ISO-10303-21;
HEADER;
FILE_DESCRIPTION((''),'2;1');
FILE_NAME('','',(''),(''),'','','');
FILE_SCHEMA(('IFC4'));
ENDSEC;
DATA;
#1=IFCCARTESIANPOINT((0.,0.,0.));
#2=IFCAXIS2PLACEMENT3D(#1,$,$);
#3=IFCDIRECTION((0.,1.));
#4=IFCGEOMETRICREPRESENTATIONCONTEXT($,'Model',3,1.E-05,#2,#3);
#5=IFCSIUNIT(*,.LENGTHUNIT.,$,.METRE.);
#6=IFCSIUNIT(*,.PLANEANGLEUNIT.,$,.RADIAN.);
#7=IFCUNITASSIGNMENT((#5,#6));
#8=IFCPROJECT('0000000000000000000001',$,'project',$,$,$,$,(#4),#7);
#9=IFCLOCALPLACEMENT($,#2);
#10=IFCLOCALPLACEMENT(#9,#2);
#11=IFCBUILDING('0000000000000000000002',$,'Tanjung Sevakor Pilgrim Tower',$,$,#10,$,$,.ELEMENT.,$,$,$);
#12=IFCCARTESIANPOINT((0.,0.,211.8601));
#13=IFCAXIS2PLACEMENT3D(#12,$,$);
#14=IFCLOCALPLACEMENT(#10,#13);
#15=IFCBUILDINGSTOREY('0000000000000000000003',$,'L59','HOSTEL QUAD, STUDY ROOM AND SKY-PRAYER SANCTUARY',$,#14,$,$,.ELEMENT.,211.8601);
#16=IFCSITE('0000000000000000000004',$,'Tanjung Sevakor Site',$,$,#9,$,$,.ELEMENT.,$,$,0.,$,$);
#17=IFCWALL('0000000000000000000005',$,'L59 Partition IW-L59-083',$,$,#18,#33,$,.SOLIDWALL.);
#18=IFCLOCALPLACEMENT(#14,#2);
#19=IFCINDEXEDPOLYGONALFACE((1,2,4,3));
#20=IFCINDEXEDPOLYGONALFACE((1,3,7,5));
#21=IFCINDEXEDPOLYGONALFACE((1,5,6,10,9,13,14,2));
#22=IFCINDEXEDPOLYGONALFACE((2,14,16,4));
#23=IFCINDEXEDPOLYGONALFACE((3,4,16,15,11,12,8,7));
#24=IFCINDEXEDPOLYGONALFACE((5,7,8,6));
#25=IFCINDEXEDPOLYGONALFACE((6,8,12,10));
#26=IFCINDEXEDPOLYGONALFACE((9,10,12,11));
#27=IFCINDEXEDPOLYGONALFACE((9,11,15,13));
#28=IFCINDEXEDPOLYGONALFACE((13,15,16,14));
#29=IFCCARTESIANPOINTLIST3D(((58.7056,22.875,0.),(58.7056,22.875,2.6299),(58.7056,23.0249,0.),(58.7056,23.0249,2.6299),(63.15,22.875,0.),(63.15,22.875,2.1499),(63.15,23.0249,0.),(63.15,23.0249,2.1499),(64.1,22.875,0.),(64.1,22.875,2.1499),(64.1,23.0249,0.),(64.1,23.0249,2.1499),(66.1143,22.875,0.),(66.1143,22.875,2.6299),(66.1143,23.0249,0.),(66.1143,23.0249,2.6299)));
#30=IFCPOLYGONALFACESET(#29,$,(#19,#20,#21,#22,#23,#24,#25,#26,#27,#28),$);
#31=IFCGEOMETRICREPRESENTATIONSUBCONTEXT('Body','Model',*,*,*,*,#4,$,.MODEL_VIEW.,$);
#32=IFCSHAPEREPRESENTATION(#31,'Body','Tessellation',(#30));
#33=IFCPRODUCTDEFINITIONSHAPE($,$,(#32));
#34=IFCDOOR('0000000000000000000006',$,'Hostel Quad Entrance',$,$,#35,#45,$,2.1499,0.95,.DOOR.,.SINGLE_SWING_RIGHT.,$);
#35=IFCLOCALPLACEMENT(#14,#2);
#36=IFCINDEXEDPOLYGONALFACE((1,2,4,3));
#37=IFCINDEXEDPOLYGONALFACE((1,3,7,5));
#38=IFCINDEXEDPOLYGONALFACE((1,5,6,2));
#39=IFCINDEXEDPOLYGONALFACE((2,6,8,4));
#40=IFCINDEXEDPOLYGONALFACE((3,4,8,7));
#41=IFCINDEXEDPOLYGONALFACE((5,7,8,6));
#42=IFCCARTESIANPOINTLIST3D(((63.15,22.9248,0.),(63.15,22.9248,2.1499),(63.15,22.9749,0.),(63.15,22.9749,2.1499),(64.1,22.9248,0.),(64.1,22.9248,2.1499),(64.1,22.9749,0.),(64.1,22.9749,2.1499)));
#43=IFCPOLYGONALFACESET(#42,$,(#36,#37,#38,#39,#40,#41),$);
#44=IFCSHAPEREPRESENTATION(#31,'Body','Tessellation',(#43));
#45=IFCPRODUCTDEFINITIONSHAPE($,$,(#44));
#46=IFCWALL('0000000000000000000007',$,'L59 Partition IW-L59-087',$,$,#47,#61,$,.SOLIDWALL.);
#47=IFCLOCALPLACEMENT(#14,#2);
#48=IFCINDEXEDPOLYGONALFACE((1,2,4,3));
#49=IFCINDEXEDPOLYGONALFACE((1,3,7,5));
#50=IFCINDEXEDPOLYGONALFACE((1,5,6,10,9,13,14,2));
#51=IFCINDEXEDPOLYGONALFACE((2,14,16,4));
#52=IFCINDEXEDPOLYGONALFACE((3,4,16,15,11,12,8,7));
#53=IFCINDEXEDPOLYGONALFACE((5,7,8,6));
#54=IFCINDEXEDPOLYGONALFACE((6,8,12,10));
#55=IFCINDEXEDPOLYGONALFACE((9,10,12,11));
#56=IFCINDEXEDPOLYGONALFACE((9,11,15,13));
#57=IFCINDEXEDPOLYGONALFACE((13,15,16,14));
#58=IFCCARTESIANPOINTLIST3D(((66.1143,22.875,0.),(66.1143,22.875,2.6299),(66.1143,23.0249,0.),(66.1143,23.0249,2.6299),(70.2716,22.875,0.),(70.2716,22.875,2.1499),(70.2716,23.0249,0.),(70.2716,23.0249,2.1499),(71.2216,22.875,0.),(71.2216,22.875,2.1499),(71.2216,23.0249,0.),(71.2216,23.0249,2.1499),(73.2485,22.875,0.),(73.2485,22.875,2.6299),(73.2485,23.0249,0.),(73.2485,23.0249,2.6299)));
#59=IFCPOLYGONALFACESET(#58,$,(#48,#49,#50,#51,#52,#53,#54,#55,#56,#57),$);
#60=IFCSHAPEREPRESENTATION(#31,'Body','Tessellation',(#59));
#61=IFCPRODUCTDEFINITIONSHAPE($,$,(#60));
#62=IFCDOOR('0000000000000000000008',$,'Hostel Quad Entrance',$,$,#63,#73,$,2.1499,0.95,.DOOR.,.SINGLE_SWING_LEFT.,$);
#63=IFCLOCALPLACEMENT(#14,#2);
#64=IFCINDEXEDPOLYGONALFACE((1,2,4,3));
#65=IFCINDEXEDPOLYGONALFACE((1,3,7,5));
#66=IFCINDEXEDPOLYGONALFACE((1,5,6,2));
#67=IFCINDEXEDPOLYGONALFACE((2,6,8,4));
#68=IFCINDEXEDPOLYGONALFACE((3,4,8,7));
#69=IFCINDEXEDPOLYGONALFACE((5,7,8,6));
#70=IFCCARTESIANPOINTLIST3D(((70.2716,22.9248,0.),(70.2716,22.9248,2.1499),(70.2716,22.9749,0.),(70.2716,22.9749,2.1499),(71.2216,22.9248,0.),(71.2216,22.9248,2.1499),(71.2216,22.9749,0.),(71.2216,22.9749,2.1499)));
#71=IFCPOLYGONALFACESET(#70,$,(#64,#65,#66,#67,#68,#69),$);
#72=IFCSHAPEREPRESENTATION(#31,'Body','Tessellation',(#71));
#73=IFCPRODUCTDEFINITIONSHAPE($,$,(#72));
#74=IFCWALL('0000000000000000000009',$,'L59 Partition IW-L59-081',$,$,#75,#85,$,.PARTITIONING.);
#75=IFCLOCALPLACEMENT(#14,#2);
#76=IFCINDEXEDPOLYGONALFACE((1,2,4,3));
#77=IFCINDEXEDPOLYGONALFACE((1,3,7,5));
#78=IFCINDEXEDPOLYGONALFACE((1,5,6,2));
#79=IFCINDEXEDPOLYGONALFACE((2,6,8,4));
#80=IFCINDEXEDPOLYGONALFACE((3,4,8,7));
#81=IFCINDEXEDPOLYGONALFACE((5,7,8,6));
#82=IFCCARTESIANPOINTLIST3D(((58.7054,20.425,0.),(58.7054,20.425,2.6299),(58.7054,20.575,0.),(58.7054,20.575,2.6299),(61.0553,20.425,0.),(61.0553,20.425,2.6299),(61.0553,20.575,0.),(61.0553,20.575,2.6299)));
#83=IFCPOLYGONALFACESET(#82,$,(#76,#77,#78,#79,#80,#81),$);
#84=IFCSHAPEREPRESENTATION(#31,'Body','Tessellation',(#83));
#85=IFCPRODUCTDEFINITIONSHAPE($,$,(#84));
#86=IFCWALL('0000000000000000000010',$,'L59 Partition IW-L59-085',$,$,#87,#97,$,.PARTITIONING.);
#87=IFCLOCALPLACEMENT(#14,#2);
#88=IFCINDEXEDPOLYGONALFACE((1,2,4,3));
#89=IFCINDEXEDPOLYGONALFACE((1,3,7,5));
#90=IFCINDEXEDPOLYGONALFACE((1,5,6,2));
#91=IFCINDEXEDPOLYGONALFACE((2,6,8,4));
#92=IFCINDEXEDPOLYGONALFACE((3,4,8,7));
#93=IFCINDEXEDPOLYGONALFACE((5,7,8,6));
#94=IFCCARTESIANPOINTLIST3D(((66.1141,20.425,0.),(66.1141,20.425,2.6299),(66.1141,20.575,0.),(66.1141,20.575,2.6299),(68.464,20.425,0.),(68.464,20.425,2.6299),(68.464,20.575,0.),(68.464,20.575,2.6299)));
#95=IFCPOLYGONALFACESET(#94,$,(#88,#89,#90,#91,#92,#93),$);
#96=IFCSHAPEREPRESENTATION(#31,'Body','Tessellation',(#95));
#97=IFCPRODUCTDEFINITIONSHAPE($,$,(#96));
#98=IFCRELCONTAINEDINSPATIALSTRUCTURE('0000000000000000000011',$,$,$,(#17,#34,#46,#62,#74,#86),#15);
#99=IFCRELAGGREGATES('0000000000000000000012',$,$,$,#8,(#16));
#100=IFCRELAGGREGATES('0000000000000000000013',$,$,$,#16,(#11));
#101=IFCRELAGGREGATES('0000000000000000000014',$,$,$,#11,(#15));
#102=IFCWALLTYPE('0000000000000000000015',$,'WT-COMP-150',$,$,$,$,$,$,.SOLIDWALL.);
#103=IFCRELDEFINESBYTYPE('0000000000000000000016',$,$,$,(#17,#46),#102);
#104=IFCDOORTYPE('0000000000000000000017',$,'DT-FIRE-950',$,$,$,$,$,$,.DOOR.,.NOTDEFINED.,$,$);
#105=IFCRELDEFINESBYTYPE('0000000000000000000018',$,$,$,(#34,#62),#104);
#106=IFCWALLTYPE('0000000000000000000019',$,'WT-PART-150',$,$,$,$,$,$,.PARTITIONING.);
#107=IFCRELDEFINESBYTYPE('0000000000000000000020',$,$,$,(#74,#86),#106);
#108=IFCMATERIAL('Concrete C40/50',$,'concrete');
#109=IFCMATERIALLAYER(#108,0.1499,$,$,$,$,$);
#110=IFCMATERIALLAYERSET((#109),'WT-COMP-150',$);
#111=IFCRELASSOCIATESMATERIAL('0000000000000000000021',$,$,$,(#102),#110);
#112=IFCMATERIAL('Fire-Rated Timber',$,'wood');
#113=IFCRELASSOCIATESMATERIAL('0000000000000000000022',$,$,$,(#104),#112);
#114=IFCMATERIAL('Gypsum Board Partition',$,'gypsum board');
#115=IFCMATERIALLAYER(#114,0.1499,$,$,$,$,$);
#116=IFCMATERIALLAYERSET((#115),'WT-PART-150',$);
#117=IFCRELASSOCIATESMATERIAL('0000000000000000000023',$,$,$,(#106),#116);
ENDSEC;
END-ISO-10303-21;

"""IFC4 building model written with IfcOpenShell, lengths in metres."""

from ifc_helpers import new_model, si_unit, direction, frame, frame_2d, origin, place, context, subcontext, project, spatial, rectangle, extrude, material, layer, layer_set, type_object, element, fill, save


model = new_model("IFC4")

# Units and contexts
model_context = context("Model", 3, precision=1e-05, world=origin(), true_north=direction((0.0, 1.0)))
body_context = subcontext(model_context, "Body", "Model", "MODEL_VIEW")
ifc_project = project(units=[si_unit("LENGTHUNIT", "METRE"), si_unit("PLANEANGLEUNIT", "RADIAN")], contexts=[model_context])

# Site, building, storey
site_placement = place(None, origin())
site = spatial("IfcSite", under=ifc_project, at=site_placement, Name="Tanjung Sevakor Site", CompositionType="ELEMENT", RefElevation=0.0)
building_placement = place(site_placement, origin())
building = spatial("IfcBuilding", under=site, at=building_placement, Name="Tanjung Sevakor Pilgrim Tower", CompositionType="ELEMENT")
storey_placement = place(building_placement, frame((0.0, 0.0, 211.8601)))
storey = spatial("IfcBuildingStorey", under=building, at=storey_placement, Name="L59", Description="HOSTEL QUAD, STUDY ROOM AND SKY-PRAYER SANCTUARY", CompositionType="ELEMENT", Elevation=211.8601)

# Shared definitions
ifc_material_1 = material(Name="Concrete C40/50", Category="concrete")
ifc_layer_1 = layer(ifc_material_1, 0.1499)
ifc_layer_set_1 = layer_set([ifc_layer_1], Name="WT-COMP-150")
wall_type_1 = type_object("IfcWallType", Name="WT-COMP-150", PredefinedType="SOLIDWALL", material=ifc_layer_set_1)

# Walls, openings, doors
wall_1_placement = place(storey_placement, frame((58.7056, 22.95, 0.0), z_axis=(0.0, 0.0, 1.0), x_axis=(1.0, 0.0, 0.0)))
wall_1 = element("IfcWall", 1, at=wall_1_placement, inside=storey, type_object=wall_type_1, Name="L59 Partition IW-L59-083", PredefinedType="SOLIDWALL", context=body_context, shape_type="SweptSolid", body=[
    extrude(rectangle(XDim=7.4087, YDim=0.1499, at=frame_2d((3.7043, 0.0))), origin(), (0.0, 0.0, 1.0), 2.6299),
])
opening_1_placement = place(wall_1_placement, frame((4.4443, 0.0, 0.0)))
opening_1 = element("IfcOpeningElement", 2, at=opening_1_placement, cuts=wall_1, PredefinedType="OPENING", context=body_context, shape_type="SweptSolid", body=[
    extrude(rectangle(XDim=0.95, YDim=2.1499, at=frame_2d((0.4751, 1.075))), frame((0.0, 0.085, 0.0), z_axis=(0.0, -1.0, 0.0), x_axis=(1.0, 0.0, 0.0)), (0.0, 0.0, 1.0), 0.1699),
])
ifc_material_2 = material(Name="Fire-Rated Timber", Category="wood")
door_type_1 = type_object("IfcDoorType", Name="DT-FIRE-950", OperationType="NOTDEFINED", PredefinedType="DOOR", material=ifc_material_2)
door_1_placement = place(opening_1_placement, origin())
door_1 = element("IfcDoor", 3, at=door_1_placement, inside=storey, type_object=door_type_1, Name="Hostel Quad Entrance", OperationType="SINGLE_SWING_RIGHT", OverallHeight=2.1499, OverallWidth=0.95, PredefinedType="DOOR", context=body_context, shape_type="SweptSolid", body=[
    extrude(rectangle(XDim=0.95, YDim=2.1499, at=frame_2d((0.4751, 1.075))), frame((0.0, 0.0249, 0.0), z_axis=(0.0, -1.0, 0.0), x_axis=(1.0, 0.0, 0.0)), (0.0, 0.0, 1.0), 0.05),
])
fill(opening_1, door_1)
wall_2_placement = place(storey_placement, frame((66.1143, 22.95, 0.0), z_axis=(0.0, 0.0, 1.0), x_axis=(1.0, 0.0, 0.0)))
wall_2 = element("IfcWall", 4, at=wall_2_placement, inside=storey, type_object=wall_type_1, Name="L59 Partition IW-L59-087", PredefinedType="SOLIDWALL", context=body_context, shape_type="SweptSolid", body=[
    extrude(rectangle(XDim=7.1343, YDim=0.1499, at=frame_2d((3.5671, 0.0))), origin(), (0.0, 0.0, 1.0), 2.6299),
])
opening_2_placement = place(wall_2_placement, frame((4.1572, 0.0, 0.0)))
opening_2 = element("IfcOpeningElement", 5, at=opening_2_placement, cuts=wall_2, PredefinedType="OPENING", context=body_context, shape_type="SweptSolid", body=[
    extrude(rectangle(XDim=0.95, YDim=2.1499, at=frame_2d((0.4751, 1.075))), frame((0.0, 0.085, 0.0), z_axis=(0.0, -1.0, 0.0), x_axis=(1.0, 0.0, 0.0)), (0.0, 0.0, 1.0), 0.1699),
])
door_2_placement = place(opening_2_placement, origin())
door_2 = element("IfcDoor", 6, at=door_2_placement, inside=storey, type_object=door_type_1, Name="Hostel Quad Entrance", OperationType="SINGLE_SWING_LEFT", OverallHeight=2.1499, OverallWidth=0.95, PredefinedType="DOOR", context=body_context, shape_type="SweptSolid", body=[
    extrude(rectangle(XDim=0.95, YDim=2.1499, at=frame_2d((0.4751, 1.075))), frame((0.0, 0.0249, 0.0), z_axis=(0.0, -1.0, 0.0), x_axis=(1.0, 0.0, 0.0)), (0.0, 0.0, 1.0), 0.05),
])
fill(opening_2, door_2)

# Walls
ifc_material_3 = material(Name="Gypsum Board Partition", Category="gypsum board")
ifc_layer_2 = layer(ifc_material_3, 0.1499)
ifc_layer_set_2 = layer_set([ifc_layer_2], Name="WT-PART-150")
wall_type_2 = type_object("IfcWallType", Name="WT-PART-150", PredefinedType="PARTITIONING", material=ifc_layer_set_2)
for number, where, z_axis, x_axis, name in (
    (7, (58.7056, 20.5, 0.0), (0.0, 0.0, 1.0), (1.0, 0.0, 0.0), "L59 Partition IW-L59-081"),
    (8, (66.1143, 20.5, 0.0), (0.0, 0.0, 1.0), (1.0, 0.0, 0.0), "L59 Partition IW-L59-085"),
):
    element("IfcWall", number, at=place(storey_placement, frame(where, z_axis=z_axis, x_axis=x_axis)), inside=storey, type_object=wall_type_2, Name=name, PredefinedType="PARTITIONING", context=body_context, shape_type="SweptSolid", body=[
        extrude(rectangle(XDim=2.3499, YDim=0.1499, at=frame_2d((1.1748, 0.0))), origin(), (0.0, 0.0, 1.0), 2.6299),
    ])

save(model, "model.ifc")
